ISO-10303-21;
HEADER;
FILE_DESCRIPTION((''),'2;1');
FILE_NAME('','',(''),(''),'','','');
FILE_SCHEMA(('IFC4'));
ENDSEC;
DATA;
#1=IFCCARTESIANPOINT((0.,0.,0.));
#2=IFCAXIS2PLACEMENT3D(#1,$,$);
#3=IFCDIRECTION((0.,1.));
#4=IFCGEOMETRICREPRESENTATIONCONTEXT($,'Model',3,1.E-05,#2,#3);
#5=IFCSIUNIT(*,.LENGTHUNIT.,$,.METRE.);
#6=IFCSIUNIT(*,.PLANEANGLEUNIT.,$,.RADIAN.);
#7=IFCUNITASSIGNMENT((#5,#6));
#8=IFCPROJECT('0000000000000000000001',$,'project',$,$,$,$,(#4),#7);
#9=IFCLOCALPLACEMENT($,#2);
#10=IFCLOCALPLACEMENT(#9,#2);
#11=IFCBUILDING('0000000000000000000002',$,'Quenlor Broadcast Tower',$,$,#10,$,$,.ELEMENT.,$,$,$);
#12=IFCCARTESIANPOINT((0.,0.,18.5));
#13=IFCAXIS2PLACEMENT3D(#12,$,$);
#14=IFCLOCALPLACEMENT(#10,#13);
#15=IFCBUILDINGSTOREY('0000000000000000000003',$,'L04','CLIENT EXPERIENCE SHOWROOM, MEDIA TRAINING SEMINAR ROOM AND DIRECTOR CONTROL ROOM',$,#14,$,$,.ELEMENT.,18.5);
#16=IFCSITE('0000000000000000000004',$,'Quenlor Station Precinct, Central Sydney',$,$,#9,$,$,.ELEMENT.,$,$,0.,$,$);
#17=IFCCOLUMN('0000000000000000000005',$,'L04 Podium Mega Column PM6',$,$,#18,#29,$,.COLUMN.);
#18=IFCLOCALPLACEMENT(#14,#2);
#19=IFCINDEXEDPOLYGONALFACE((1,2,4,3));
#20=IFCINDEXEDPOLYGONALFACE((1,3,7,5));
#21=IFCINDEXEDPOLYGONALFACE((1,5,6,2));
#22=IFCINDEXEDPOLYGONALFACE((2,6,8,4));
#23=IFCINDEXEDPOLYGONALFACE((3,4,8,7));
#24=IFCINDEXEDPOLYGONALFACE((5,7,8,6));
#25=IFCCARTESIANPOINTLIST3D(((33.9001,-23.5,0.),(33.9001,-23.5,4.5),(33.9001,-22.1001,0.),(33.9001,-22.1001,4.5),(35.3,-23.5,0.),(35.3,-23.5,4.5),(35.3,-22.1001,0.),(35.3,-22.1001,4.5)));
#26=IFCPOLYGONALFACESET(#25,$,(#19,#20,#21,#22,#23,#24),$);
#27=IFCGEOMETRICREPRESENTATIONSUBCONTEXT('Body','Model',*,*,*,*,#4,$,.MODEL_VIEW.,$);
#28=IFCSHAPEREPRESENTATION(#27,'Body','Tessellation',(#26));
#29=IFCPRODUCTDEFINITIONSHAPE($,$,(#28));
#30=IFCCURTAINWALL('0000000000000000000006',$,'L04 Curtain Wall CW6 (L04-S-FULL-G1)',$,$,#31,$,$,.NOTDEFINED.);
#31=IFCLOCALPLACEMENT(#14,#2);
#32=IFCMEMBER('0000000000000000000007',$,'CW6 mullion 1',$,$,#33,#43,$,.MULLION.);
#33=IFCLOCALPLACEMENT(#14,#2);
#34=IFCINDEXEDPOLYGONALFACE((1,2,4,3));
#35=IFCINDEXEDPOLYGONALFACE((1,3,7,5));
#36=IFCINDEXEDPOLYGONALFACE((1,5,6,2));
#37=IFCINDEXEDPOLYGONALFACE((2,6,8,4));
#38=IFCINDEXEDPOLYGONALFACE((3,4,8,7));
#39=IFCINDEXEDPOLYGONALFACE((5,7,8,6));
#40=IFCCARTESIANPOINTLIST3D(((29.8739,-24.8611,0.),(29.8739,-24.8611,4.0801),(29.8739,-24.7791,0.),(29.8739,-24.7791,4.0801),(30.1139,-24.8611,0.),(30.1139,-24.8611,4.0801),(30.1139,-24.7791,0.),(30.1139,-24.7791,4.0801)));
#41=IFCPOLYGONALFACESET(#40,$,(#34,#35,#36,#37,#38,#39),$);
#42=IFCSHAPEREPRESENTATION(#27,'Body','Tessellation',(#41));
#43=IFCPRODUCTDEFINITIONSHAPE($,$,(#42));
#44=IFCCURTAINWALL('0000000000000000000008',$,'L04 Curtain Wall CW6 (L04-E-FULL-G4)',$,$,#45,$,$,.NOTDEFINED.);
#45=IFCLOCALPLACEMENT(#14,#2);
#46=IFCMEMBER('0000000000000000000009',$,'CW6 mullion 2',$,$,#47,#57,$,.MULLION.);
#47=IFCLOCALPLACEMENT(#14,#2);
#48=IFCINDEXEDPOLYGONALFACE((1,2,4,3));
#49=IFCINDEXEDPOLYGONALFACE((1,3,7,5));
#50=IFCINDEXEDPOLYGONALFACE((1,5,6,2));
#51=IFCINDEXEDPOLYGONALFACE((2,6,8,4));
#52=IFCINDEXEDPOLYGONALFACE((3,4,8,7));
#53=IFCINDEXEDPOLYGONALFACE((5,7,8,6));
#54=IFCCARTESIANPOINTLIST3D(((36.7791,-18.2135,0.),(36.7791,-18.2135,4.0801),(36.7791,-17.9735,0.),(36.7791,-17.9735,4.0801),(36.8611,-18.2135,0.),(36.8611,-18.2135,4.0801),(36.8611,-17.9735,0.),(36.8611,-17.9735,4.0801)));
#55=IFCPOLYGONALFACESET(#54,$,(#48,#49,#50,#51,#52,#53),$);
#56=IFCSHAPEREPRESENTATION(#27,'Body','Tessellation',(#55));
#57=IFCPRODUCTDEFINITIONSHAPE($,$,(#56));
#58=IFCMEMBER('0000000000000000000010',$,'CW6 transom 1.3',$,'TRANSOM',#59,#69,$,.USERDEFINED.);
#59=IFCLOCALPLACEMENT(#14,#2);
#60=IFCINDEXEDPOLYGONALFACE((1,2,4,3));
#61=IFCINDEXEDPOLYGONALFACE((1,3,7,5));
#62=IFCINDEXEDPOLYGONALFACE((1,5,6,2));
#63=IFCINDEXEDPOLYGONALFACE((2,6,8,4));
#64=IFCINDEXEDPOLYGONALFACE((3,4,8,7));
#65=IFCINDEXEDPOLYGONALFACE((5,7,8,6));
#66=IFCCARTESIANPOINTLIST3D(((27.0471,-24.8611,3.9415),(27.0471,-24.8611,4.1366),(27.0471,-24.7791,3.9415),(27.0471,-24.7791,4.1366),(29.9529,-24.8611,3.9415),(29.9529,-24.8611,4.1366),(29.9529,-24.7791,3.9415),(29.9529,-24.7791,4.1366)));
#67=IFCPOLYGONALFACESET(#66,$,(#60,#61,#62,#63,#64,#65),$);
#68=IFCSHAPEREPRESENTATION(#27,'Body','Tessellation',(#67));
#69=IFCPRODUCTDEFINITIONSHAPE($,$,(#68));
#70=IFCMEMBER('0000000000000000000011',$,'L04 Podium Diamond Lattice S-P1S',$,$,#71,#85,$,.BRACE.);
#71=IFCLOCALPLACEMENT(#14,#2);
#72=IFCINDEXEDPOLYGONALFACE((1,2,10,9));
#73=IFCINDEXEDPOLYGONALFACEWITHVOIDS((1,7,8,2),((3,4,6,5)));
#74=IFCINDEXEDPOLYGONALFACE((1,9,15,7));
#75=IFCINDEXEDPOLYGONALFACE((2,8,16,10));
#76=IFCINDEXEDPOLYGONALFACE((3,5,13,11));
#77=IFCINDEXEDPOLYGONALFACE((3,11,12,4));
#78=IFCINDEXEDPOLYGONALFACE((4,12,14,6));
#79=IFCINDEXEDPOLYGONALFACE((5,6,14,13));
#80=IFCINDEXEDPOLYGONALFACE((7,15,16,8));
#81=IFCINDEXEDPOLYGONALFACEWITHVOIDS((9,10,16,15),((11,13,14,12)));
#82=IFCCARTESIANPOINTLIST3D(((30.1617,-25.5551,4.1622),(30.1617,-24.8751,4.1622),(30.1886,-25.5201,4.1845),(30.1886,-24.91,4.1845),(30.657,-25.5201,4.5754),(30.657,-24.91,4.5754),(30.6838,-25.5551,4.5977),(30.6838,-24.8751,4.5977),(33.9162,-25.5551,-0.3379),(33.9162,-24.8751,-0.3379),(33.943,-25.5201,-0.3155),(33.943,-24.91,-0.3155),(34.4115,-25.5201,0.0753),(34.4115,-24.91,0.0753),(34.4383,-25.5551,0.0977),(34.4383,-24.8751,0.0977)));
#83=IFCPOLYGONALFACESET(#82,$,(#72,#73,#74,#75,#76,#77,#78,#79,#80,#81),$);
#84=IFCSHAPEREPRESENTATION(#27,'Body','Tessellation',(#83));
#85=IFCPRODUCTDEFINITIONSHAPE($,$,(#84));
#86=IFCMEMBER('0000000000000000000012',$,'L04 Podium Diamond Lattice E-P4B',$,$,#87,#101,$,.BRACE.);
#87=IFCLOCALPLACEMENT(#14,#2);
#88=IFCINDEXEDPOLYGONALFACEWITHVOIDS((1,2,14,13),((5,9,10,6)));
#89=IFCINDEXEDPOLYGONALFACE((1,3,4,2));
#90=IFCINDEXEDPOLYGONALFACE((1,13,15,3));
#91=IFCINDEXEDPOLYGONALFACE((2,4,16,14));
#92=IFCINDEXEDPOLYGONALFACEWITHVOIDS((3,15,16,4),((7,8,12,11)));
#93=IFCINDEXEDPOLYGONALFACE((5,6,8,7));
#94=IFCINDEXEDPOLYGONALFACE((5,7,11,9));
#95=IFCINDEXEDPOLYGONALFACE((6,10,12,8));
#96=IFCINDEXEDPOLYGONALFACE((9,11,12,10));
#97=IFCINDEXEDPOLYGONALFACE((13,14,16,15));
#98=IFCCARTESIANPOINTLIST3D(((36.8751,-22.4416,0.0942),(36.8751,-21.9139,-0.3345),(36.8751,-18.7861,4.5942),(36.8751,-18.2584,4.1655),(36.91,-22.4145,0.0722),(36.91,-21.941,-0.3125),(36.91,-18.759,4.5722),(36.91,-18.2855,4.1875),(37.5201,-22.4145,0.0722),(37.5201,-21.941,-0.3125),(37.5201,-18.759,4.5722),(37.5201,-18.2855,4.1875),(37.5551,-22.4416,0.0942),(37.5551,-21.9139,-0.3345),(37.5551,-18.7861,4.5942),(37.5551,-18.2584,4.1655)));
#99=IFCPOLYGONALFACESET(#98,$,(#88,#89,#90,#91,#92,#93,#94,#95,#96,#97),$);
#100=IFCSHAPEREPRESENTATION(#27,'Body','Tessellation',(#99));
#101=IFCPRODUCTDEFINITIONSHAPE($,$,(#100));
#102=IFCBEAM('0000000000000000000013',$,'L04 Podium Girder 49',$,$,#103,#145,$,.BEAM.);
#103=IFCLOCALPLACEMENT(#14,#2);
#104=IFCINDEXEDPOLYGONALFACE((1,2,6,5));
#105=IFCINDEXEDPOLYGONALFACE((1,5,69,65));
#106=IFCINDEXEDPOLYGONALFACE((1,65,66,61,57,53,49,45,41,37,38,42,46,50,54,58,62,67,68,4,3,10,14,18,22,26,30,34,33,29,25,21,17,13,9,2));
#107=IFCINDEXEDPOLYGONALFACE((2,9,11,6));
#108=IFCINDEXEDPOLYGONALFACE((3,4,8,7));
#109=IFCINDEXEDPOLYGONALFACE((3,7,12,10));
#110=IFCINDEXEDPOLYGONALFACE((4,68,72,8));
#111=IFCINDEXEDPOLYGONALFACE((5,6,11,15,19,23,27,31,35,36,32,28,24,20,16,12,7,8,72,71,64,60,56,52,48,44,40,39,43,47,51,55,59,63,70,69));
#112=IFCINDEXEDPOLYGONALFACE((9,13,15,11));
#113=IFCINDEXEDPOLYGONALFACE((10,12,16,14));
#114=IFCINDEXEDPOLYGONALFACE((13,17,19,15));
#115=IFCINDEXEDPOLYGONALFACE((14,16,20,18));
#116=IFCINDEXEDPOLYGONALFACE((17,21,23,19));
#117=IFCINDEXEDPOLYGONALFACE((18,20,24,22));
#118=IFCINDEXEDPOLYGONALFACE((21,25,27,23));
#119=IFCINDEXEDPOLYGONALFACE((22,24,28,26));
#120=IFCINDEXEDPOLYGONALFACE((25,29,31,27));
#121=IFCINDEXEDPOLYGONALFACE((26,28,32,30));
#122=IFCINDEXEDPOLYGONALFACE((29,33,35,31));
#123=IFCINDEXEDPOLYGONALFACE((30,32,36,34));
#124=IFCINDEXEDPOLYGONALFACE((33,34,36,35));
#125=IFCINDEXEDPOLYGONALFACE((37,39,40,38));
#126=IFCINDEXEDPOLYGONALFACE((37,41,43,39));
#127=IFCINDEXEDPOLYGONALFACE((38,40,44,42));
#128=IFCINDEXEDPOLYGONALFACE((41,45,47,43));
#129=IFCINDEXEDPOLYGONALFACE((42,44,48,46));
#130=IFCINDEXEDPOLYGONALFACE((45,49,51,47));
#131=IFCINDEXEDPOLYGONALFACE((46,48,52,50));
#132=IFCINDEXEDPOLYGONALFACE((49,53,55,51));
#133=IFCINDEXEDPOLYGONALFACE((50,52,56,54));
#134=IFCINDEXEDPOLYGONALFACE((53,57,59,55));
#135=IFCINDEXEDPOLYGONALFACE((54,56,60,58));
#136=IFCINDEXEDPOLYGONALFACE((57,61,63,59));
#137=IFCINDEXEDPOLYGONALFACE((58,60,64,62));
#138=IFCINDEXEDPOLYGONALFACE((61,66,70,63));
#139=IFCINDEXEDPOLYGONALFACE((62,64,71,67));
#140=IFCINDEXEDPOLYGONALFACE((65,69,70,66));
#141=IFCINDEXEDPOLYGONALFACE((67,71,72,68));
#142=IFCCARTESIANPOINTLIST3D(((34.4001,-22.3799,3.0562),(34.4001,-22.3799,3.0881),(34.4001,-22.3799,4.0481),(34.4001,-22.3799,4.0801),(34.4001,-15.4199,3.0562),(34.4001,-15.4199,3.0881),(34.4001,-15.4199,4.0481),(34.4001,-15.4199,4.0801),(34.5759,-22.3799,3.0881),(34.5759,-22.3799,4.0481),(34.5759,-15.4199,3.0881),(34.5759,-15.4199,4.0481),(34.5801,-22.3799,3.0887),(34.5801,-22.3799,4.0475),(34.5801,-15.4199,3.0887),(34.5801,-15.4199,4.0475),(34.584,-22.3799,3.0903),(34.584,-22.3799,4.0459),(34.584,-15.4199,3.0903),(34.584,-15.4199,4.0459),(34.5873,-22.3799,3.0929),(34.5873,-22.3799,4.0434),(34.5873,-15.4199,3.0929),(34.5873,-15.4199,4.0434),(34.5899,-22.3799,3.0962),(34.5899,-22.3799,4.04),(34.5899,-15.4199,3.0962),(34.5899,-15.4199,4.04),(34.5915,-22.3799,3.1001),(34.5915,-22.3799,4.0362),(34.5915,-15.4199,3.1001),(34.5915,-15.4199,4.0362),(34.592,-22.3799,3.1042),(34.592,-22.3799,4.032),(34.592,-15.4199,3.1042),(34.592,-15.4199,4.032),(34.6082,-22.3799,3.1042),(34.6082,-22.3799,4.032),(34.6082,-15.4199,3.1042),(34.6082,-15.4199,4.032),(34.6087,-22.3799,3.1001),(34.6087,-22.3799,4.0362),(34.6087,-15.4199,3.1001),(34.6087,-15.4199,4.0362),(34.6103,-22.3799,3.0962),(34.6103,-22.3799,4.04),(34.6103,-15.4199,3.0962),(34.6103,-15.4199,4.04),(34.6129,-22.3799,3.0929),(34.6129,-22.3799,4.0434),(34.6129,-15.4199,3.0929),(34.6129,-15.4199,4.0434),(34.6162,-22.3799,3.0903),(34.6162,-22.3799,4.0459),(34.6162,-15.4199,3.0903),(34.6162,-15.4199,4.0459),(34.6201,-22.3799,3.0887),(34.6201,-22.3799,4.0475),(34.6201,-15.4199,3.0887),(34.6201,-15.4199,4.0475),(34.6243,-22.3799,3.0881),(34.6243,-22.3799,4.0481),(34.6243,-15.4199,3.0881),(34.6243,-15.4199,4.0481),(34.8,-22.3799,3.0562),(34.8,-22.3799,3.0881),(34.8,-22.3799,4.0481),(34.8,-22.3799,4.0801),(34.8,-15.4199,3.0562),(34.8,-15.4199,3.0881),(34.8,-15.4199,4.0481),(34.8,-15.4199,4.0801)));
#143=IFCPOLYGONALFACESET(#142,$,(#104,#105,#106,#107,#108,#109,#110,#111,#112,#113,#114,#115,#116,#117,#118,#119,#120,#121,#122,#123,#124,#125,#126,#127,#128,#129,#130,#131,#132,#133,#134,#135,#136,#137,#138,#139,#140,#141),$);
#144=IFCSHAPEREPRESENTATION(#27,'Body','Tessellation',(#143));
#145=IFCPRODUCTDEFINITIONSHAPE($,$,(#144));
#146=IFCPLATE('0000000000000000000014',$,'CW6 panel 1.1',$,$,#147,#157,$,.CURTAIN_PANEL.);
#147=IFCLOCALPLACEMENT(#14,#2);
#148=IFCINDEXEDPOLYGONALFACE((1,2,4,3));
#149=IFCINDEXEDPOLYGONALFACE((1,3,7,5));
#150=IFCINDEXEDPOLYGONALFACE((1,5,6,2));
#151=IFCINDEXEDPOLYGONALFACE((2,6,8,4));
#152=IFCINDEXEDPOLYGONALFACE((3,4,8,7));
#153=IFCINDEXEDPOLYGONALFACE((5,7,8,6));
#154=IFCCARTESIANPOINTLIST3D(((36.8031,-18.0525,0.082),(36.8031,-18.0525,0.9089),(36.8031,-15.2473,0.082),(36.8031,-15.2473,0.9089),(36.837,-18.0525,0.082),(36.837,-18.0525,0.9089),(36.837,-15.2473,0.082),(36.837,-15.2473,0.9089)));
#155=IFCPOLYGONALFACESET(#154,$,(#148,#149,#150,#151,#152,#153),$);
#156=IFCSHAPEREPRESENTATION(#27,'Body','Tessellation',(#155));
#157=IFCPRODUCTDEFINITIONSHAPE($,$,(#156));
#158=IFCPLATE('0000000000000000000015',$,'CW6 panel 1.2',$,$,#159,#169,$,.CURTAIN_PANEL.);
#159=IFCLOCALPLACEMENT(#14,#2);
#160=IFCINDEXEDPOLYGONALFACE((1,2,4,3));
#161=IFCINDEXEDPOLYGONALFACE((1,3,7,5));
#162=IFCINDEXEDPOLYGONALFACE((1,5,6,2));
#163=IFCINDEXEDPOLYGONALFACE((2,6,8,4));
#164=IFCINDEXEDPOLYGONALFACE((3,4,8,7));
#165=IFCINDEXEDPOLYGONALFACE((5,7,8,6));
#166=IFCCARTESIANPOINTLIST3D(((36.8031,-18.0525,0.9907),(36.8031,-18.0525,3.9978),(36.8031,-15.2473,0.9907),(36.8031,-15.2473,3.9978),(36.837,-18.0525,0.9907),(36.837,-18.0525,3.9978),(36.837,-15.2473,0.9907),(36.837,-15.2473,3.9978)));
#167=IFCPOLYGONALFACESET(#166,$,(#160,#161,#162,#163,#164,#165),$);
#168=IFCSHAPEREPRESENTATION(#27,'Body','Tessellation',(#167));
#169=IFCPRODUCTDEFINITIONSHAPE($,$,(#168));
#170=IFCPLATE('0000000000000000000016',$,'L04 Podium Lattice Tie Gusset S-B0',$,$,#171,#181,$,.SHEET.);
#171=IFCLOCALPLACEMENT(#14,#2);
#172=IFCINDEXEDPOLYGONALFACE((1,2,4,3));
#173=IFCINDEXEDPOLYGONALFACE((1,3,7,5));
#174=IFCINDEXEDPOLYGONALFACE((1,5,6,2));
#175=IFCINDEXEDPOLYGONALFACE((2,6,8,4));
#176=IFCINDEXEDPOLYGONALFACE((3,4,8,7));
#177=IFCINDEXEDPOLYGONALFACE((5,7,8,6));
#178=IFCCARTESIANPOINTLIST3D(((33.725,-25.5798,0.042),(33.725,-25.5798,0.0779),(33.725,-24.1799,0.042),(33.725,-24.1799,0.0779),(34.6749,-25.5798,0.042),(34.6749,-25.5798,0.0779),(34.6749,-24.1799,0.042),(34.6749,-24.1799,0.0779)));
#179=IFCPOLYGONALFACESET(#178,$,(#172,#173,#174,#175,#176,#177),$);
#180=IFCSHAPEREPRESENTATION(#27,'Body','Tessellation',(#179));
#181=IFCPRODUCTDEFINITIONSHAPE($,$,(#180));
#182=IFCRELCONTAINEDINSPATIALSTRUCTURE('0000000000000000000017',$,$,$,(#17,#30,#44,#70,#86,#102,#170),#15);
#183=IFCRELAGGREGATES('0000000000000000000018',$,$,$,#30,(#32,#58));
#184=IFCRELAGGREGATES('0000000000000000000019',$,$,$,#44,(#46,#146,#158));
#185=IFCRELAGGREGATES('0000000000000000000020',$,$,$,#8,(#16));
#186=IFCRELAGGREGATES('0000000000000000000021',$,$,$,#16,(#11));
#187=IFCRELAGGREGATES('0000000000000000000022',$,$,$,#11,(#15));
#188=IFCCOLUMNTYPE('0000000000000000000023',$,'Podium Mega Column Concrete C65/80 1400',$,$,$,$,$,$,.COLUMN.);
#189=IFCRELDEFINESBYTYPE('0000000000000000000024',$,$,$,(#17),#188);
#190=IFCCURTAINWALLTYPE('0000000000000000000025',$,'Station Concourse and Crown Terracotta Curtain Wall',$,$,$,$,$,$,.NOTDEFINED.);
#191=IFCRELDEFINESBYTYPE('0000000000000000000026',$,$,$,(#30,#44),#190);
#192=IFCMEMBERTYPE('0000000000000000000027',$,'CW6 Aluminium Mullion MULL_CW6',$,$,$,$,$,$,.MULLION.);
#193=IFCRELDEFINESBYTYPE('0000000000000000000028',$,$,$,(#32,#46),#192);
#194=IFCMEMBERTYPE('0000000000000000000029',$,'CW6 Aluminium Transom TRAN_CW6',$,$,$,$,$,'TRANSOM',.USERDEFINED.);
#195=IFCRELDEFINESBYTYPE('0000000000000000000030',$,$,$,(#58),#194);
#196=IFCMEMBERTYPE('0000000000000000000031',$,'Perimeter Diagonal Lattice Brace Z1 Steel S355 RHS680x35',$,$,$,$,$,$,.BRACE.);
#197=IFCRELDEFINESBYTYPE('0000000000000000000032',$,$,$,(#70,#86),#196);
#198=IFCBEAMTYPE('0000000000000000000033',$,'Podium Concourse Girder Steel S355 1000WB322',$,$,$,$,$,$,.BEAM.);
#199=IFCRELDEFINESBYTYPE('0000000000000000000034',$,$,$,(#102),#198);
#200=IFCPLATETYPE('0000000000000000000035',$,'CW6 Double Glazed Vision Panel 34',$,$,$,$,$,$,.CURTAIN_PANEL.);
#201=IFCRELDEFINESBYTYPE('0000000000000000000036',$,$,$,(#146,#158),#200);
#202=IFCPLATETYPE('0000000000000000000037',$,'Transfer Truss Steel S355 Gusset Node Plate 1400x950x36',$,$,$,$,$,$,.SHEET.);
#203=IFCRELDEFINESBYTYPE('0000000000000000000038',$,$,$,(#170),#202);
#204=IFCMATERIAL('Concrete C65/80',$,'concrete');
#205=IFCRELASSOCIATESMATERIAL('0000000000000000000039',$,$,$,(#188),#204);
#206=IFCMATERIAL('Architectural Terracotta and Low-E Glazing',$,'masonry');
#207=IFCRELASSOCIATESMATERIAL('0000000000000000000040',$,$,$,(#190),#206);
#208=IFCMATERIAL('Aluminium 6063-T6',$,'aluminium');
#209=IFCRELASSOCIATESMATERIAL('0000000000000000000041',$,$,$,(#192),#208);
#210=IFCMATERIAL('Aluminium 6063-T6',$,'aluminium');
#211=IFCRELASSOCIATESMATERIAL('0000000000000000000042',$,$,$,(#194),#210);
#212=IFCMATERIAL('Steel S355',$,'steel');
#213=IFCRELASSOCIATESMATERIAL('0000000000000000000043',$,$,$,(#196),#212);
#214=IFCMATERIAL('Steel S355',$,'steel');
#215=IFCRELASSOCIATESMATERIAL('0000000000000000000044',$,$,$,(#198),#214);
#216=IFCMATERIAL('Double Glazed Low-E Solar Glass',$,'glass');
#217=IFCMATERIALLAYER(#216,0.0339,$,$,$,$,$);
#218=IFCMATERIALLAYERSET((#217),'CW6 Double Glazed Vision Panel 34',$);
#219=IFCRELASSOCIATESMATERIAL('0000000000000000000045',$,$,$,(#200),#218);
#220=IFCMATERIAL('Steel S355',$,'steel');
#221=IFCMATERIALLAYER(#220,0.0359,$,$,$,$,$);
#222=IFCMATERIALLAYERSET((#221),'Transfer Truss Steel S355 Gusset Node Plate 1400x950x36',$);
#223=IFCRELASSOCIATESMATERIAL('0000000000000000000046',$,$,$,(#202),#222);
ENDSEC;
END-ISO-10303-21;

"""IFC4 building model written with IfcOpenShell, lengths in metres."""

from ifc_helpers import new_model, si_unit, direction, frame, origin, origin_2d, place, context, subcontext, project, spatial, rectangle, hollow_rectangle, i_section, extrude, material, layer, layer_set, material_profile, profile_set, type_object, element, aggregate, save


model = new_model("IFC4")

# Units and contexts
model_context = context("Model", 3, precision=1e-05, world=origin(), true_north=direction((0.0, 1.0)))
body_context = subcontext(model_context, "Body", "Model", "MODEL_VIEW")
ifc_project = project(units=[si_unit("LENGTHUNIT", "METRE"), si_unit("PLANEANGLEUNIT", "RADIAN")], contexts=[model_context])

# Site, building, storey
site_placement = place(None, origin())
site = spatial("IfcSite", under=ifc_project, at=site_placement, Name="Quenlor Station Precinct, Central Sydney", CompositionType="ELEMENT", RefElevation=0.0)
building_placement = place(site_placement, origin())
building = spatial("IfcBuilding", under=site, at=building_placement, Name="Quenlor Broadcast Tower", CompositionType="ELEMENT")
storey_placement = place(building_placement, frame((0.0, 0.0, 18.5)))
storey = spatial("IfcBuildingStorey", under=building, at=storey_placement, Name="L04", Description="CLIENT EXPERIENCE SHOWROOM, MEDIA TRAINING SEMINAR ROOM AND DIRECTOR CONTROL ROOM", CompositionType="ELEMENT", Elevation=18.5)

# Column
ifc_material_1 = material(Name="Concrete C65/80", Category="concrete")
ifc_material_profile_1 = material_profile(ifc_material_1, rectangle(XDim=1.3999, YDim=1.3999, at=origin_2d()))
ifc_profile_set_1 = profile_set([ifc_material_profile_1], Name="Concrete C65/80 RC1400x1400")
column_type = type_object("IfcColumnType", Name="Podium Mega Column Concrete C65/80 1400", PredefinedType="COLUMN", material=ifc_profile_set_1)
column_placement = place(storey_placement, frame((34.6001, -22.8, 0.0), z_axis=(0.0, 0.0, 1.0), x_axis=(1.0, 0.0, 0.0)))
element("IfcColumn", 1, at=column_placement, inside=storey, type_object=column_type, Name="L04 Podium Mega Column PM6", PredefinedType="COLUMN", context=body_context, shape_type="SweptSolid", body=[
    extrude(rectangle(XDim=1.3999, YDim=1.3999, at=origin_2d()), origin(), (0.0, 0.0, 1.0), 4.5),
])

# Curtain walls, members
ifc_material_2 = material(Name="Architectural Terracotta and Low-E Glazing", Category="masonry")
curtain_wall_type = type_object("IfcCurtainWallType", Name="Station Concourse and Crown Terracotta Curtain Wall", PredefinedType="NOTDEFINED", material=ifc_material_2)
curtain_wall_1_placement = place(storey_placement, origin())
curtain_wall_1 = element("IfcCurtainWall", 2, at=curtain_wall_1_placement, inside=storey, type_object=curtain_wall_type, Name="L04 Curtain Wall CW6 (L04-S-FULL-G1)", PredefinedType="NOTDEFINED")
ifc_material_3 = material(Name="Aluminium 6063-T6", Category="aluminium")
ifc_material_profile_2 = material_profile(ifc_material_3, rectangle(XDim=0.082, YDim=0.24, at=origin_2d()))
ifc_profile_set_2 = profile_set([ifc_material_profile_2], Name="Aluminium 6063-T6 MULL82x240")
member_type_1 = type_object("IfcMemberType", Name="CW6 Aluminium Mullion MULL_CW6", PredefinedType="MULLION", material=ifc_profile_set_2)
member_1_placement = place(storey_placement, frame((29.9939, -24.8201, 0.0), z_axis=(0.0, 0.0, 1.0), x_axis=(0.0, -1.0, 0.0)))
member_1 = element("IfcMember", 3, at=member_1_placement, type_object=member_type_1, Name="CW6 mullion 1", PredefinedType="MULLION", context=body_context, shape_type="SweptSolid", body=[
    extrude(rectangle(XDim=0.082, YDim=0.24, at=origin_2d()), origin(), (0.0, 0.0, 1.0), 4.0801),
])
curtain_wall_2_placement = place(storey_placement, origin())
curtain_wall_2 = element("IfcCurtainWall", 4, at=curtain_wall_2_placement, inside=storey, type_object=curtain_wall_type, Name="L04 Curtain Wall CW6 (L04-E-FULL-G4)", PredefinedType="NOTDEFINED")
member_2_placement = place(storey_placement, frame((36.8201, -18.0935, 0.0), z_axis=(0.0, 0.0, 1.0), x_axis=(1.0, 0.0, 0.0)))
member_2 = element("IfcMember", 5, at=member_2_placement, type_object=member_type_1, Name="CW6 mullion 2", PredefinedType="MULLION", context=body_context, shape_type="SweptSolid", body=[
    extrude(rectangle(XDim=0.082, YDim=0.24, at=origin_2d()), origin(), (0.0, 0.0, 1.0), 4.0801),
])

# Member
ifc_material_4 = material(Name="Aluminium 6063-T6", Category="aluminium")
ifc_material_profile_3 = material_profile(ifc_material_4, rectangle(XDim=0.082, YDim=0.1951, at=origin_2d()))
ifc_profile_set_3 = profile_set([ifc_material_profile_3], Name="Aluminium 6063-T6 TRAN82x195")
member_type_2 = type_object("IfcMemberType", Name="CW6 Aluminium Transom TRAN_CW6", ElementType="TRANSOM", PredefinedType="USERDEFINED", material=ifc_profile_set_3)
member_3_placement = place(storey_placement, frame((29.9529, -24.8201, 4.0391), z_axis=(-1.0, 0.0, 0.0), x_axis=(0.0, -1.0, 0.0)))
member_3 = element("IfcMember", 6, at=member_3_placement, type_object=member_type_2, Name="CW6 transom 1.3", ObjectType="TRANSOM", PredefinedType="USERDEFINED", context=body_context, shape_type="SweptSolid", body=[
    extrude(rectangle(XDim=0.082, YDim=0.1951, at=origin_2d()), origin(), (0.0, 0.0, 1.0), 2.9058),
])
aggregate(curtain_wall_1, [member_1, member_3])

# Members
ifc_material_5 = material(Name="Steel S355", Category="steel")
ifc_material_profile_4 = material_profile(ifc_material_5, hollow_rectangle(XDim=0.6799, YDim=0.6799, WallThickness=0.0349, at=origin_2d()))
ifc_profile_set_4 = profile_set([ifc_material_profile_4], Name="Steel S355 RHS680x680x35")
member_type_3 = type_object("IfcMemberType", Name="Perimeter Diagonal Lattice Brace Z1 Steel S355 RHS680x35", PredefinedType="BRACE", material=ifc_profile_set_4)
member_4_placement = place(storey_placement, frame((34.1772, -25.2151, -0.1201), z_axis=(-0.640627, 0.0, 0.767852), x_axis=(0.0, -1.0, 0.0)))
element("IfcMember", 7, at=member_4_placement, inside=storey, type_object=member_type_3, Name="L04 Podium Diamond Lattice S-P1S", PredefinedType="BRACE", context=body_context, shape_type="SweptSolid", body=[
    extrude(hollow_rectangle(XDim=0.6799, YDim=0.6799, WallThickness=0.0349, at=origin_2d()), origin(), (0.0, 0.0, 1.0), 5.8606),
])
member_5_placement = place(storey_placement, frame((37.2151, -22.1777, -0.1201), z_axis=(0.0, 0.630517, 0.776176), x_axis=(-1.0, 0.0, 0.0)))
element("IfcMember", 8, at=member_5_placement, inside=storey, type_object=member_type_3, Name="L04 Podium Diamond Lattice E-P4B", PredefinedType="BRACE", context=body_context, shape_type="SweptSolid", body=[
    extrude(hollow_rectangle(XDim=0.6799, YDim=0.6799, WallThickness=0.0349, at=origin_2d()), origin(), (0.0, 0.0, 1.0), 5.7976),
])

# Beam
ifc_material_6 = material(Name="Steel S355", Category="steel")
ifc_material_profile_5 = material_profile(ifc_material_6, i_section(OverallWidth=0.3999, OverallDepth=1.0239, WebThickness=0.0161, FlangeThickness=0.032, FilletRadius=0.0161, at=origin_2d()))
ifc_profile_set_5 = profile_set([ifc_material_profile_5], Name="Steel S355 1000WB322")
beam_type = type_object("IfcBeamType", Name="Podium Concourse Girder Steel S355 1000WB322", PredefinedType="BEAM", material=ifc_profile_set_5)
beam_placement = place(storey_placement, frame((34.6001, -22.3799, 3.5681), z_axis=(0.0, 1.0, 0.0), x_axis=(-1.0, 0.0, 0.0)))
element("IfcBeam", 9, at=beam_placement, inside=storey, type_object=beam_type, Name="L04 Podium Girder 49", PredefinedType="BEAM", context=body_context, shape_type="SweptSolid", body=[
    extrude(i_section(OverallWidth=0.3999, OverallDepth=1.0239, WebThickness=0.0161, FlangeThickness=0.032, FilletRadius=0.0161, at=origin_2d()), origin(), (0.0, 0.0, 1.0), 6.96),
])

# Plates
ifc_material_7 = material(Name="Double Glazed Low-E Solar Glass", Category="glass")
ifc_layer_1 = layer(ifc_material_7, 0.0339)
ifc_layer_set_1 = layer_set([ifc_layer_1], Name="CW6 Double Glazed Vision Panel 34")
plate_type_1 = type_object("IfcPlateType", Name="CW6 Double Glazed Vision Panel 34", PredefinedType="CURTAIN_PANEL", material=ifc_layer_set_1)
plate_1_placement = place(storey_placement, frame((36.8201, -16.6499, 0.082), z_axis=(0.0, 0.0, 1.0), x_axis=(0.0, -1.0, 0.0)))
plate_1 = element("IfcPlate", 10, at=plate_1_placement, type_object=plate_type_1, Name="CW6 panel 1.1", PredefinedType="CURTAIN_PANEL", context=body_context, shape_type="SweptSolid", body=[
    extrude(rectangle(XDim=2.8052, YDim=0.0339, at=origin_2d()), origin(), (0.0, 0.0, 1.0), 0.8269),
])
plate_2_placement = place(storey_placement, frame((36.8201, -16.6499, 0.9907), z_axis=(0.0, 0.0, 1.0), x_axis=(0.0, -1.0, 0.0)))
plate_2 = element("IfcPlate", 11, at=plate_2_placement, type_object=plate_type_1, Name="CW6 panel 1.2", PredefinedType="CURTAIN_PANEL", context=body_context, shape_type="SweptSolid", body=[
    extrude(rectangle(XDim=2.8052, YDim=0.0339, at=origin_2d()), origin(), (0.0, 0.0, 1.0), 3.0071),
])
aggregate(curtain_wall_2, [member_2, plate_1, plate_2])

# Plate
ifc_material_8 = material(Name="Steel S355", Category="steel")
ifc_layer_2 = layer(ifc_material_8, 0.0359)
ifc_layer_set_2 = layer_set([ifc_layer_2], Name="Transfer Truss Steel S355 Gusset Node Plate 1400x950x36")
plate_type_2 = type_object("IfcPlateType", Name="Transfer Truss Steel S355 Gusset Node Plate 1400x950x36", PredefinedType="SHEET", material=ifc_layer_set_2)
for number, where, z_axis, x_axis, name in (
    (12, (34.2, -24.8799, 0.042), (0.0, 0.0, 1.0), (0.0, -1.0, 0.0), "L04 Podium Lattice Tie Gusset S-B0"),
):
    element("IfcPlate", number, at=place(storey_placement, frame(where, z_axis=z_axis, x_axis=x_axis)), inside=storey, type_object=plate_type_2, Name=name, PredefinedType="SHEET", context=body_context, shape_type="SweptSolid", body=[
        extrude(rectangle(XDim=1.3999, YDim=0.95, at=origin_2d()), origin(), (0.0, 0.0, 1.0), 0.0359),
    ])

save(model, "model.ifc")
